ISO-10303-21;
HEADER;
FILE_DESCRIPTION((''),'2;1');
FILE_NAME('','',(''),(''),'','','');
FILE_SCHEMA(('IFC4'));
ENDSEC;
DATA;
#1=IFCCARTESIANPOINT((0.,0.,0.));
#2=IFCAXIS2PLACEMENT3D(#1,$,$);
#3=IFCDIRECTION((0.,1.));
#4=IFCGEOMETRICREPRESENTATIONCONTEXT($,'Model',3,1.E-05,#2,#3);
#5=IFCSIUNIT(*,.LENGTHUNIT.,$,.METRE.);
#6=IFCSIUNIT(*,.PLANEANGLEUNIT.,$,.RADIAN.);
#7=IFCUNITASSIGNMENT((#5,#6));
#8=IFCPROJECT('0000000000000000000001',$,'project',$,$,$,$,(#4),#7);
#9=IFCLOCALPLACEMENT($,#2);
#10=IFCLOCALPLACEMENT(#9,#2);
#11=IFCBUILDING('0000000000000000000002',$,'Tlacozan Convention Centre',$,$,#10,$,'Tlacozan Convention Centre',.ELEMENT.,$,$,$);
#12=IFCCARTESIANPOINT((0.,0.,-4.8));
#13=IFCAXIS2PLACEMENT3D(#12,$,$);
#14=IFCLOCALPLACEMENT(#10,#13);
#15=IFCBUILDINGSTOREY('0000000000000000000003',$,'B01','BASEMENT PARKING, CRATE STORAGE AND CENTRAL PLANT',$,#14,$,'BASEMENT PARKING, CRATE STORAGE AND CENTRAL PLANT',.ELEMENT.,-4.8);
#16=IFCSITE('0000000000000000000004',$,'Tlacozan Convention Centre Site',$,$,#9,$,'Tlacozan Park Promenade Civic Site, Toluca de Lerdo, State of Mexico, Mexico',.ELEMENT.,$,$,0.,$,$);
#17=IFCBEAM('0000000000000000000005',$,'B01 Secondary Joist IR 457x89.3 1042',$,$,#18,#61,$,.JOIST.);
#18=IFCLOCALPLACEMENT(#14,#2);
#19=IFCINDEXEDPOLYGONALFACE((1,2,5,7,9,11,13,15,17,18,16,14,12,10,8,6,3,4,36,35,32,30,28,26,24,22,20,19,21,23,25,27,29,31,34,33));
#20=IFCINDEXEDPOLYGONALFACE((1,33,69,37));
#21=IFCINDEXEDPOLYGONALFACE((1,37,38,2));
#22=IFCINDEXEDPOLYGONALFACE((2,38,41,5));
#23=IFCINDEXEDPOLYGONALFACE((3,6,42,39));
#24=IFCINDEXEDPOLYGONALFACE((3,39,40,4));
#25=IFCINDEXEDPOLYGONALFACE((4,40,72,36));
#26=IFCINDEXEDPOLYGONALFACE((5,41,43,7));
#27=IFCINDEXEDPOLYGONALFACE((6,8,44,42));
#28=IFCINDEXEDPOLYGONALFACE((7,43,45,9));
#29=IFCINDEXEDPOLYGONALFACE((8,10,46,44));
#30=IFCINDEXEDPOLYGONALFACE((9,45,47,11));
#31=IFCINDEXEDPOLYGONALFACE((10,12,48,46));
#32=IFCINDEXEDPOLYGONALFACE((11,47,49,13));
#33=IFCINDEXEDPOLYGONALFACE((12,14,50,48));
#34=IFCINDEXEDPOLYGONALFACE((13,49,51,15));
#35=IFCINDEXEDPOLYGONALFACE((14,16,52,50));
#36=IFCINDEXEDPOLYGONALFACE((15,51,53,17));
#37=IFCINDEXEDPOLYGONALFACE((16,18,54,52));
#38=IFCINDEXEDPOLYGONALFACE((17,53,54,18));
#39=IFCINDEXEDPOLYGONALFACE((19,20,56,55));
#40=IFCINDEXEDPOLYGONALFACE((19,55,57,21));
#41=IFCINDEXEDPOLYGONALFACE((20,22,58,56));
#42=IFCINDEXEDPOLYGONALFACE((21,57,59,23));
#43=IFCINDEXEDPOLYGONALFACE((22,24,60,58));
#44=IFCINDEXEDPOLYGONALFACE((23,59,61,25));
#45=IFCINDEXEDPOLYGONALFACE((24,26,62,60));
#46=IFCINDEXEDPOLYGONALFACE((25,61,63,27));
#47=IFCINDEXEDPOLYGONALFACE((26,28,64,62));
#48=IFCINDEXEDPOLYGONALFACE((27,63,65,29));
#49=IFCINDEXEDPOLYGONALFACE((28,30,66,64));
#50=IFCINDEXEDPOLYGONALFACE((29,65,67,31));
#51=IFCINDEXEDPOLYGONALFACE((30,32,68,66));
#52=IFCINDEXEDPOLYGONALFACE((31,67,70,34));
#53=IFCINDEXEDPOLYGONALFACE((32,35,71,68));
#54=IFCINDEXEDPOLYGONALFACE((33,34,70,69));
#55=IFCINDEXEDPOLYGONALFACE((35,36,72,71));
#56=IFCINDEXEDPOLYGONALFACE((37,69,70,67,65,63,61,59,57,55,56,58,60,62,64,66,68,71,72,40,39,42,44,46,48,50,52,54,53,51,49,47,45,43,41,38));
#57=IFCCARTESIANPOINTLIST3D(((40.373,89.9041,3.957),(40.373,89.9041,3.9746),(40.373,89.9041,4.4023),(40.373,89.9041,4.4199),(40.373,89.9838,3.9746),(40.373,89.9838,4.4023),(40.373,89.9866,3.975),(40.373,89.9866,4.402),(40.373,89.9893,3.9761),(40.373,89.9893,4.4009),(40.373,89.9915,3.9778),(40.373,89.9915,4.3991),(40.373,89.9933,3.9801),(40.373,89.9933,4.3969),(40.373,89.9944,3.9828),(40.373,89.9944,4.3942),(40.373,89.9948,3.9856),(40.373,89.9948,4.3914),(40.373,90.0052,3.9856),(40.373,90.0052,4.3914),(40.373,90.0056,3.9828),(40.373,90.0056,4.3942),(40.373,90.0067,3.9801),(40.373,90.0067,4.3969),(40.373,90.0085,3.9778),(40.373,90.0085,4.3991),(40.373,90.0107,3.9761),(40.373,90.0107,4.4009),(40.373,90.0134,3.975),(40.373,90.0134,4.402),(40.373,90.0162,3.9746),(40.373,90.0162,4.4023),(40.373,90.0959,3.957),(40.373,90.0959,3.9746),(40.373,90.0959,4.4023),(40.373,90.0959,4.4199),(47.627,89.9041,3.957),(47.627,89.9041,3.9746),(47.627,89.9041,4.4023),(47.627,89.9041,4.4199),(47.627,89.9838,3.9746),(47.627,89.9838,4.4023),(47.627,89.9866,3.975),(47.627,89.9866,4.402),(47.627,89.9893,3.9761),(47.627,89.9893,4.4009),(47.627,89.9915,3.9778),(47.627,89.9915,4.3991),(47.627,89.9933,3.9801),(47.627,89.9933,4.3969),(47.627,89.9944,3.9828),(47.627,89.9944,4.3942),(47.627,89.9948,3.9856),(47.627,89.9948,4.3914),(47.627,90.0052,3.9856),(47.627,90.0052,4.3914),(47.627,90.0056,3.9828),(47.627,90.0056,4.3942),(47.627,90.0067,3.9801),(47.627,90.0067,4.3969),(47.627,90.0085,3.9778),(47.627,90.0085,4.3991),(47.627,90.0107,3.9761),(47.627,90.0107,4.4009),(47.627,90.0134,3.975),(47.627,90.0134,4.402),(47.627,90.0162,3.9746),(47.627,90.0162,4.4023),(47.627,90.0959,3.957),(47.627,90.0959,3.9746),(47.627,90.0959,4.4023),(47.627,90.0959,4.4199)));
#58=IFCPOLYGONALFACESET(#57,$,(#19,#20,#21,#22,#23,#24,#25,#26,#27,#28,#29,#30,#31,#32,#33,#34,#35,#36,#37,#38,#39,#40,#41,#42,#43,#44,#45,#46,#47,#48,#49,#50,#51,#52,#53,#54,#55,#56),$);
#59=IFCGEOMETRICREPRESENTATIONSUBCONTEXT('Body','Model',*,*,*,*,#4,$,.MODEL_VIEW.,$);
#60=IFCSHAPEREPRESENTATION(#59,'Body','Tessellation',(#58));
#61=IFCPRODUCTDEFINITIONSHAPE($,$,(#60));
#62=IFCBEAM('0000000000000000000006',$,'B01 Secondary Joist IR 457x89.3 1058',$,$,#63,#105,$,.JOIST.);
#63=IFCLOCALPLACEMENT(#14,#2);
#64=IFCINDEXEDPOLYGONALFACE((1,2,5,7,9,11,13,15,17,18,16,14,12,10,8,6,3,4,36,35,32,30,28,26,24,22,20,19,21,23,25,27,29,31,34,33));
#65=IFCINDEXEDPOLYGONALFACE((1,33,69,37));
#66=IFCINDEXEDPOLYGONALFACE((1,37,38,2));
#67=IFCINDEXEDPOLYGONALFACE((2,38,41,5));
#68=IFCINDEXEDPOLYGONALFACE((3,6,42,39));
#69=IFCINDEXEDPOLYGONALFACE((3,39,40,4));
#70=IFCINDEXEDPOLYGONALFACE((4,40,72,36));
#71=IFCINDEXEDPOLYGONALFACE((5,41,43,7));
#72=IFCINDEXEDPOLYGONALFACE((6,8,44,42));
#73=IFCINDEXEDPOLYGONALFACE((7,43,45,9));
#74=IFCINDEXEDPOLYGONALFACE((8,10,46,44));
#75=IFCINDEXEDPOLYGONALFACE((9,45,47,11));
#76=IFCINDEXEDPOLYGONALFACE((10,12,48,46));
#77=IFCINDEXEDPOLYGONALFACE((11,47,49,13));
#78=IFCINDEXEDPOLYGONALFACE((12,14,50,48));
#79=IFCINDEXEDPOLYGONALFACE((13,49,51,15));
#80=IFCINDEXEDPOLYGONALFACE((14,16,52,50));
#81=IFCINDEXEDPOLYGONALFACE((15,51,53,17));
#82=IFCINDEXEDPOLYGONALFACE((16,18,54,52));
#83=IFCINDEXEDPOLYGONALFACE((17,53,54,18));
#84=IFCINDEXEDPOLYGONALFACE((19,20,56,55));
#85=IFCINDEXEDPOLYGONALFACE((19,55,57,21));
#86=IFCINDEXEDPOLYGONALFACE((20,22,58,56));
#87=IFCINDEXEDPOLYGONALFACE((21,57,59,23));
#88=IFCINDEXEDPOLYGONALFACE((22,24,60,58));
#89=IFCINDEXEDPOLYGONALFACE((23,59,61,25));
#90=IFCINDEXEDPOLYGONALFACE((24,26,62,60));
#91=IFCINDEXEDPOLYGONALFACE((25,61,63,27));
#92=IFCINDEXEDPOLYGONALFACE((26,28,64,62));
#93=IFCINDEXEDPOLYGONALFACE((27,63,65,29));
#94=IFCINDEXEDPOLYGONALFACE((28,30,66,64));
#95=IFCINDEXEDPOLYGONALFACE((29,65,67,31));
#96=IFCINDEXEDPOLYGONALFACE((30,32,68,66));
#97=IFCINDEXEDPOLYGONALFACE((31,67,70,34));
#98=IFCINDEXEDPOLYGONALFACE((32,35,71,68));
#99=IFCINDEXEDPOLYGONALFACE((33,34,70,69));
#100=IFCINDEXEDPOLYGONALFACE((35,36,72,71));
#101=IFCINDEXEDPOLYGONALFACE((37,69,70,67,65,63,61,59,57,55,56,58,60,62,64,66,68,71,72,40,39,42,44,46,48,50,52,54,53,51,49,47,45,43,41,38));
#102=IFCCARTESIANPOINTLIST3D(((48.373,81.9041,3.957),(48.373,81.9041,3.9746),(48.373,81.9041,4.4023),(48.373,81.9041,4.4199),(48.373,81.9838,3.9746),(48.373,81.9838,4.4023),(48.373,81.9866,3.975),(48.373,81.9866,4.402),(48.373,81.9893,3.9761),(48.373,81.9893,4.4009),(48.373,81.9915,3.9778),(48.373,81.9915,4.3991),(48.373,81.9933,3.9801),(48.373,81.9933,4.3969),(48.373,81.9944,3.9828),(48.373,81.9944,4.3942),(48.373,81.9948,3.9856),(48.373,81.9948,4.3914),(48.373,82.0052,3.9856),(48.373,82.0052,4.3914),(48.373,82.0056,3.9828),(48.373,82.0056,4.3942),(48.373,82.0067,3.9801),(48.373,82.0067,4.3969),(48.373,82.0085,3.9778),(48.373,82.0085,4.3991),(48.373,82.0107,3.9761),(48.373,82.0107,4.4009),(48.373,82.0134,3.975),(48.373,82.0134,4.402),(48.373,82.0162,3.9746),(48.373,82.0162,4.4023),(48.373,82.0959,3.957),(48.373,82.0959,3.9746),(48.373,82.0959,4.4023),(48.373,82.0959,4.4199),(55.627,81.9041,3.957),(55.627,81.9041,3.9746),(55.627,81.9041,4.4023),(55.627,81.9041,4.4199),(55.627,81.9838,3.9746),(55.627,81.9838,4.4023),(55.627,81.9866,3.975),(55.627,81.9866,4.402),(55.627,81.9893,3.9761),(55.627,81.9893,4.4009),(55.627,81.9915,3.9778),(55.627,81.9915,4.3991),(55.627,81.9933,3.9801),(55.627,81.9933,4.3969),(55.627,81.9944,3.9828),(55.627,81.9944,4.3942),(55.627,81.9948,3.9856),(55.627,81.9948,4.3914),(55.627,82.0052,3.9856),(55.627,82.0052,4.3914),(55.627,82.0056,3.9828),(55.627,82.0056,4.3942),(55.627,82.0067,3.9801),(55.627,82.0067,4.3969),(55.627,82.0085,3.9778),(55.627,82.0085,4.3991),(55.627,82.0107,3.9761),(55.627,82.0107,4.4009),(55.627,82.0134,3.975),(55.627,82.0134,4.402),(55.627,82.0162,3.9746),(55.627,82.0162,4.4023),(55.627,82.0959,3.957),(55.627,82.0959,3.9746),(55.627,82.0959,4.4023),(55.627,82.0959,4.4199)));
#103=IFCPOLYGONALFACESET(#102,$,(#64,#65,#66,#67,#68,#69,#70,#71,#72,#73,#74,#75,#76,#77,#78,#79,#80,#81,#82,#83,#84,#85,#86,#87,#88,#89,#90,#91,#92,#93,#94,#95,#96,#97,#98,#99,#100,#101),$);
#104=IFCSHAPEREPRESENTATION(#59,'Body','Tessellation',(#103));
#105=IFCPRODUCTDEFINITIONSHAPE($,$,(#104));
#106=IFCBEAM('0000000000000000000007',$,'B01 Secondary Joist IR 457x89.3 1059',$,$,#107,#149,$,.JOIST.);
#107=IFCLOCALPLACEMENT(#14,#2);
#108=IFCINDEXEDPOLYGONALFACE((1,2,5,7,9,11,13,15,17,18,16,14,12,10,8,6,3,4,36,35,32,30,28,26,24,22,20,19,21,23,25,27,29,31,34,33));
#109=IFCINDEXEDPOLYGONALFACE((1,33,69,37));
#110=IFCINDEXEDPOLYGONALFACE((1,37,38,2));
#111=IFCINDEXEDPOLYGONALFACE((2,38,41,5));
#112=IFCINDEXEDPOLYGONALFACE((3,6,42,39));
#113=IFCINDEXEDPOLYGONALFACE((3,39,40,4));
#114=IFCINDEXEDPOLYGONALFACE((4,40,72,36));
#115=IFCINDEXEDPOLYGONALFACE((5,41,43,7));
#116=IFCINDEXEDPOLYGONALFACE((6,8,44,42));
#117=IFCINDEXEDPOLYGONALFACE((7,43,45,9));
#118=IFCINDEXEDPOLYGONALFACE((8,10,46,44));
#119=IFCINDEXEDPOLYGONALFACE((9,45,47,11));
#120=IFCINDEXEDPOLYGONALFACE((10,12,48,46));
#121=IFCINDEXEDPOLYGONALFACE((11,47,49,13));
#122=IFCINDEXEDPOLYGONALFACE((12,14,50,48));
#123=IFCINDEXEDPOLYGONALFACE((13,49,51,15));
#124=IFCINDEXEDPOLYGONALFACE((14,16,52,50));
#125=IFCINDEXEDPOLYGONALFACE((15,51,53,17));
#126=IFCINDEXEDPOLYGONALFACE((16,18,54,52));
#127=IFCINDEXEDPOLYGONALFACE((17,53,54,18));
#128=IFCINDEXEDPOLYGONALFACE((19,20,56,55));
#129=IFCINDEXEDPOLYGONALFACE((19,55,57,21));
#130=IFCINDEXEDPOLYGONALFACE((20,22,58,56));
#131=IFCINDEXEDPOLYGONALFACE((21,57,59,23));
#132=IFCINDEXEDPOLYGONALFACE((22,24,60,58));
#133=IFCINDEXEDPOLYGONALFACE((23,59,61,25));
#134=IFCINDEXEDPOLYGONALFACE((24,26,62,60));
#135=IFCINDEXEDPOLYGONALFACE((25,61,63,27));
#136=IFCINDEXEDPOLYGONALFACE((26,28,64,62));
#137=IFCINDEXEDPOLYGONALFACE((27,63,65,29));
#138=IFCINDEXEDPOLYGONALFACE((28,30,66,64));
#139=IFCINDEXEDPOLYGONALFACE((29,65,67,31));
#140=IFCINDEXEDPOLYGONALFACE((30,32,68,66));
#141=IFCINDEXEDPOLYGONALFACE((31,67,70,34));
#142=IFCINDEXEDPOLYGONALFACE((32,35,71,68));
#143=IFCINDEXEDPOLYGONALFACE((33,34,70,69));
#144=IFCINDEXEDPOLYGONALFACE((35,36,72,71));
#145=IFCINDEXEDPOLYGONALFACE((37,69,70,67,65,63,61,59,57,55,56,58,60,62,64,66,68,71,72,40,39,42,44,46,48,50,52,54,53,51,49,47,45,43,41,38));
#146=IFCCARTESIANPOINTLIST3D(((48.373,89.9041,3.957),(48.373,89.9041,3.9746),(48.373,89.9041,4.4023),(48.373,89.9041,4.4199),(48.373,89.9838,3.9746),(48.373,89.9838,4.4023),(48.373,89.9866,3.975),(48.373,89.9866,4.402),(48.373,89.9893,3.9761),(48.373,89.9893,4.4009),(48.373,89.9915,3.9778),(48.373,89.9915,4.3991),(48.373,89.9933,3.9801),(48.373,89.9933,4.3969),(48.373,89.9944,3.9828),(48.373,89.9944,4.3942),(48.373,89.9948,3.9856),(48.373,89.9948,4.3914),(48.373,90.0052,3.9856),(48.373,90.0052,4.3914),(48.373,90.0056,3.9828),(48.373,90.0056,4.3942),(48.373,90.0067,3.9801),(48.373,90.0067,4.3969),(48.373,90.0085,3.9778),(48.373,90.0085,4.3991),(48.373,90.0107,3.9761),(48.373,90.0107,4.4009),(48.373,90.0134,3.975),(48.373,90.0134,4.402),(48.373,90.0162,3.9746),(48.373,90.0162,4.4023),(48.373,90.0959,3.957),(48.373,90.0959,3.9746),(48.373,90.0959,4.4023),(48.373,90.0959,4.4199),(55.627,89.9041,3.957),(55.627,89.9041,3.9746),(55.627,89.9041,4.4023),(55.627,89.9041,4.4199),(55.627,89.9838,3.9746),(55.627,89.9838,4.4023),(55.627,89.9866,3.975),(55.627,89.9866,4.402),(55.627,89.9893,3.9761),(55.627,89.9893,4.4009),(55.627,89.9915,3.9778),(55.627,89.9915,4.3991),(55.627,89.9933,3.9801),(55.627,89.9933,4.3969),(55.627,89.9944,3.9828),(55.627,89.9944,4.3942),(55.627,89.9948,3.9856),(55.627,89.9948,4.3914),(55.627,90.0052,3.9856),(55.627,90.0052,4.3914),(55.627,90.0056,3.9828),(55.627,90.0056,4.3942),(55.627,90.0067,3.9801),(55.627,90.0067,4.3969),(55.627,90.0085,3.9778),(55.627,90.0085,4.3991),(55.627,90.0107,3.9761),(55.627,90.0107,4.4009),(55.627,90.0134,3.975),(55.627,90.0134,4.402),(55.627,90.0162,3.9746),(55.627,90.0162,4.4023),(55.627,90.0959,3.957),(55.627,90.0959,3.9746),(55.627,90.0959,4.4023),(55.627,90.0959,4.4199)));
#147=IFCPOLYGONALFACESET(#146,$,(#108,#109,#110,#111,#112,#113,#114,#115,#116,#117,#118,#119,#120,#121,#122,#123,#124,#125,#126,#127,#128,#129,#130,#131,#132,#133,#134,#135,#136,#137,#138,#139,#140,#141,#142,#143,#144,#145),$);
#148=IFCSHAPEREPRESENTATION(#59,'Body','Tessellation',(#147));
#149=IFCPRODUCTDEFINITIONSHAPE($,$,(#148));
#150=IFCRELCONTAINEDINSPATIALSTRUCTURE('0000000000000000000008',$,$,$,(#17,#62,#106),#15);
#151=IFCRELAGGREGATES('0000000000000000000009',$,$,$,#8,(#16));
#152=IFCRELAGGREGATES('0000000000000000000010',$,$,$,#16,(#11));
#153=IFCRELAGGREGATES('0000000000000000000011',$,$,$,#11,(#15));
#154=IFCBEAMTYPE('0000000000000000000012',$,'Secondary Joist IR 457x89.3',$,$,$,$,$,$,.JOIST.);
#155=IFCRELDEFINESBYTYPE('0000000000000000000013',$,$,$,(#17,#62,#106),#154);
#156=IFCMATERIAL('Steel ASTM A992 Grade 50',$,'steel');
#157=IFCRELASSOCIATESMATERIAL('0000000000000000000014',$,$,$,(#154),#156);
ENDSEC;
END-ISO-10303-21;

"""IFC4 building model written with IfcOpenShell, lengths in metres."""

from ifc_helpers import new_model, si_unit, direction, frame, origin, origin_2d, place, context, subcontext, project, spatial, i_section, extrude, material, material_profile, profile_set, type_object, element, save


model = new_model("IFC4")

# Units and contexts
model_context = context("Model", 3, precision=1e-05, world=origin(), true_north=direction((0.0, 1.0)))
body_context = subcontext(model_context, "Body", "Model", "MODEL_VIEW")
ifc_project = project(units=[si_unit("LENGTHUNIT", "METRE"), si_unit("PLANEANGLEUNIT", "RADIAN")], contexts=[model_context])

# Site, building, storey
site_placement = place(None, origin())
site = spatial("IfcSite", under=ifc_project, at=site_placement, Name="Tlacozan Convention Centre Site", LongName="Tlacozan Park Promenade Civic Site, Toluca de Lerdo, State of Mexico, Mexico", CompositionType="ELEMENT", RefElevation=0.0)
building_placement = place(site_placement, origin())
building = spatial("IfcBuilding", under=site, at=building_placement, Name="Tlacozan Convention Centre", LongName="Tlacozan Convention Centre", CompositionType="ELEMENT")
storey_placement = place(building_placement, frame((0.0, 0.0, -4.8)))
storey = spatial("IfcBuildingStorey", under=building, at=storey_placement, Name="B01", Description="BASEMENT PARKING, CRATE STORAGE AND CENTRAL PLANT", LongName="BASEMENT PARKING, CRATE STORAGE AND CENTRAL PLANT", CompositionType="ELEMENT", Elevation=-4.8)

# Beams
ifc_material_1 = material(Name="Steel ASTM A992 Grade 50", Category="steel")
ifc_material_profile_1 = material_profile(ifc_material_1, i_section(OverallWidth=0.1919, OverallDepth=0.4629, WebThickness=0.0105, FlangeThickness=0.0176, FilletRadius=0.011, at=origin_2d()), Name="IR 457x89.3")
ifc_profile_set_1 = profile_set([ifc_material_profile_1], Name="Steel ASTM A992 Grade 50")
beam_type_1 = type_object("IfcBeamType", Name="Secondary Joist IR 457x89.3", PredefinedType="JOIST", material=ifc_profile_set_1)
for number, where, z_axis, x_axis, name in (
    (1, (40.373, 90.0, 4.1885), (1.0, 0.0, 0.0), (0.0, 1.0, 0.0), "B01 Secondary Joist IR 457x89.3 1042"),
    (2, (48.373, 82.0, 4.1885), (1.0, 0.0, 0.0), (0.0, 1.0, 0.0), "B01 Secondary Joist IR 457x89.3 1058"),
    (3, (48.373, 90.0, 4.1885), (1.0, 0.0, 0.0), (0.0, 1.0, 0.0), "B01 Secondary Joist IR 457x89.3 1059"),
):
    element("IfcBeam", number, at=place(storey_placement, frame(where, z_axis=z_axis, x_axis=x_axis)), inside=storey, type_object=beam_type_1, Name=name, PredefinedType="JOIST", context=body_context, shape_type="SweptSolid", body=[
        extrude(i_section(OverallWidth=0.1919, OverallDepth=0.4629, WebThickness=0.0105, FlangeThickness=0.0176, FilletRadius=0.011, at=origin_2d()), origin(), (0.0, 0.0, 1.0), 7.2539),
    ])

save(model, "model.ifc")
